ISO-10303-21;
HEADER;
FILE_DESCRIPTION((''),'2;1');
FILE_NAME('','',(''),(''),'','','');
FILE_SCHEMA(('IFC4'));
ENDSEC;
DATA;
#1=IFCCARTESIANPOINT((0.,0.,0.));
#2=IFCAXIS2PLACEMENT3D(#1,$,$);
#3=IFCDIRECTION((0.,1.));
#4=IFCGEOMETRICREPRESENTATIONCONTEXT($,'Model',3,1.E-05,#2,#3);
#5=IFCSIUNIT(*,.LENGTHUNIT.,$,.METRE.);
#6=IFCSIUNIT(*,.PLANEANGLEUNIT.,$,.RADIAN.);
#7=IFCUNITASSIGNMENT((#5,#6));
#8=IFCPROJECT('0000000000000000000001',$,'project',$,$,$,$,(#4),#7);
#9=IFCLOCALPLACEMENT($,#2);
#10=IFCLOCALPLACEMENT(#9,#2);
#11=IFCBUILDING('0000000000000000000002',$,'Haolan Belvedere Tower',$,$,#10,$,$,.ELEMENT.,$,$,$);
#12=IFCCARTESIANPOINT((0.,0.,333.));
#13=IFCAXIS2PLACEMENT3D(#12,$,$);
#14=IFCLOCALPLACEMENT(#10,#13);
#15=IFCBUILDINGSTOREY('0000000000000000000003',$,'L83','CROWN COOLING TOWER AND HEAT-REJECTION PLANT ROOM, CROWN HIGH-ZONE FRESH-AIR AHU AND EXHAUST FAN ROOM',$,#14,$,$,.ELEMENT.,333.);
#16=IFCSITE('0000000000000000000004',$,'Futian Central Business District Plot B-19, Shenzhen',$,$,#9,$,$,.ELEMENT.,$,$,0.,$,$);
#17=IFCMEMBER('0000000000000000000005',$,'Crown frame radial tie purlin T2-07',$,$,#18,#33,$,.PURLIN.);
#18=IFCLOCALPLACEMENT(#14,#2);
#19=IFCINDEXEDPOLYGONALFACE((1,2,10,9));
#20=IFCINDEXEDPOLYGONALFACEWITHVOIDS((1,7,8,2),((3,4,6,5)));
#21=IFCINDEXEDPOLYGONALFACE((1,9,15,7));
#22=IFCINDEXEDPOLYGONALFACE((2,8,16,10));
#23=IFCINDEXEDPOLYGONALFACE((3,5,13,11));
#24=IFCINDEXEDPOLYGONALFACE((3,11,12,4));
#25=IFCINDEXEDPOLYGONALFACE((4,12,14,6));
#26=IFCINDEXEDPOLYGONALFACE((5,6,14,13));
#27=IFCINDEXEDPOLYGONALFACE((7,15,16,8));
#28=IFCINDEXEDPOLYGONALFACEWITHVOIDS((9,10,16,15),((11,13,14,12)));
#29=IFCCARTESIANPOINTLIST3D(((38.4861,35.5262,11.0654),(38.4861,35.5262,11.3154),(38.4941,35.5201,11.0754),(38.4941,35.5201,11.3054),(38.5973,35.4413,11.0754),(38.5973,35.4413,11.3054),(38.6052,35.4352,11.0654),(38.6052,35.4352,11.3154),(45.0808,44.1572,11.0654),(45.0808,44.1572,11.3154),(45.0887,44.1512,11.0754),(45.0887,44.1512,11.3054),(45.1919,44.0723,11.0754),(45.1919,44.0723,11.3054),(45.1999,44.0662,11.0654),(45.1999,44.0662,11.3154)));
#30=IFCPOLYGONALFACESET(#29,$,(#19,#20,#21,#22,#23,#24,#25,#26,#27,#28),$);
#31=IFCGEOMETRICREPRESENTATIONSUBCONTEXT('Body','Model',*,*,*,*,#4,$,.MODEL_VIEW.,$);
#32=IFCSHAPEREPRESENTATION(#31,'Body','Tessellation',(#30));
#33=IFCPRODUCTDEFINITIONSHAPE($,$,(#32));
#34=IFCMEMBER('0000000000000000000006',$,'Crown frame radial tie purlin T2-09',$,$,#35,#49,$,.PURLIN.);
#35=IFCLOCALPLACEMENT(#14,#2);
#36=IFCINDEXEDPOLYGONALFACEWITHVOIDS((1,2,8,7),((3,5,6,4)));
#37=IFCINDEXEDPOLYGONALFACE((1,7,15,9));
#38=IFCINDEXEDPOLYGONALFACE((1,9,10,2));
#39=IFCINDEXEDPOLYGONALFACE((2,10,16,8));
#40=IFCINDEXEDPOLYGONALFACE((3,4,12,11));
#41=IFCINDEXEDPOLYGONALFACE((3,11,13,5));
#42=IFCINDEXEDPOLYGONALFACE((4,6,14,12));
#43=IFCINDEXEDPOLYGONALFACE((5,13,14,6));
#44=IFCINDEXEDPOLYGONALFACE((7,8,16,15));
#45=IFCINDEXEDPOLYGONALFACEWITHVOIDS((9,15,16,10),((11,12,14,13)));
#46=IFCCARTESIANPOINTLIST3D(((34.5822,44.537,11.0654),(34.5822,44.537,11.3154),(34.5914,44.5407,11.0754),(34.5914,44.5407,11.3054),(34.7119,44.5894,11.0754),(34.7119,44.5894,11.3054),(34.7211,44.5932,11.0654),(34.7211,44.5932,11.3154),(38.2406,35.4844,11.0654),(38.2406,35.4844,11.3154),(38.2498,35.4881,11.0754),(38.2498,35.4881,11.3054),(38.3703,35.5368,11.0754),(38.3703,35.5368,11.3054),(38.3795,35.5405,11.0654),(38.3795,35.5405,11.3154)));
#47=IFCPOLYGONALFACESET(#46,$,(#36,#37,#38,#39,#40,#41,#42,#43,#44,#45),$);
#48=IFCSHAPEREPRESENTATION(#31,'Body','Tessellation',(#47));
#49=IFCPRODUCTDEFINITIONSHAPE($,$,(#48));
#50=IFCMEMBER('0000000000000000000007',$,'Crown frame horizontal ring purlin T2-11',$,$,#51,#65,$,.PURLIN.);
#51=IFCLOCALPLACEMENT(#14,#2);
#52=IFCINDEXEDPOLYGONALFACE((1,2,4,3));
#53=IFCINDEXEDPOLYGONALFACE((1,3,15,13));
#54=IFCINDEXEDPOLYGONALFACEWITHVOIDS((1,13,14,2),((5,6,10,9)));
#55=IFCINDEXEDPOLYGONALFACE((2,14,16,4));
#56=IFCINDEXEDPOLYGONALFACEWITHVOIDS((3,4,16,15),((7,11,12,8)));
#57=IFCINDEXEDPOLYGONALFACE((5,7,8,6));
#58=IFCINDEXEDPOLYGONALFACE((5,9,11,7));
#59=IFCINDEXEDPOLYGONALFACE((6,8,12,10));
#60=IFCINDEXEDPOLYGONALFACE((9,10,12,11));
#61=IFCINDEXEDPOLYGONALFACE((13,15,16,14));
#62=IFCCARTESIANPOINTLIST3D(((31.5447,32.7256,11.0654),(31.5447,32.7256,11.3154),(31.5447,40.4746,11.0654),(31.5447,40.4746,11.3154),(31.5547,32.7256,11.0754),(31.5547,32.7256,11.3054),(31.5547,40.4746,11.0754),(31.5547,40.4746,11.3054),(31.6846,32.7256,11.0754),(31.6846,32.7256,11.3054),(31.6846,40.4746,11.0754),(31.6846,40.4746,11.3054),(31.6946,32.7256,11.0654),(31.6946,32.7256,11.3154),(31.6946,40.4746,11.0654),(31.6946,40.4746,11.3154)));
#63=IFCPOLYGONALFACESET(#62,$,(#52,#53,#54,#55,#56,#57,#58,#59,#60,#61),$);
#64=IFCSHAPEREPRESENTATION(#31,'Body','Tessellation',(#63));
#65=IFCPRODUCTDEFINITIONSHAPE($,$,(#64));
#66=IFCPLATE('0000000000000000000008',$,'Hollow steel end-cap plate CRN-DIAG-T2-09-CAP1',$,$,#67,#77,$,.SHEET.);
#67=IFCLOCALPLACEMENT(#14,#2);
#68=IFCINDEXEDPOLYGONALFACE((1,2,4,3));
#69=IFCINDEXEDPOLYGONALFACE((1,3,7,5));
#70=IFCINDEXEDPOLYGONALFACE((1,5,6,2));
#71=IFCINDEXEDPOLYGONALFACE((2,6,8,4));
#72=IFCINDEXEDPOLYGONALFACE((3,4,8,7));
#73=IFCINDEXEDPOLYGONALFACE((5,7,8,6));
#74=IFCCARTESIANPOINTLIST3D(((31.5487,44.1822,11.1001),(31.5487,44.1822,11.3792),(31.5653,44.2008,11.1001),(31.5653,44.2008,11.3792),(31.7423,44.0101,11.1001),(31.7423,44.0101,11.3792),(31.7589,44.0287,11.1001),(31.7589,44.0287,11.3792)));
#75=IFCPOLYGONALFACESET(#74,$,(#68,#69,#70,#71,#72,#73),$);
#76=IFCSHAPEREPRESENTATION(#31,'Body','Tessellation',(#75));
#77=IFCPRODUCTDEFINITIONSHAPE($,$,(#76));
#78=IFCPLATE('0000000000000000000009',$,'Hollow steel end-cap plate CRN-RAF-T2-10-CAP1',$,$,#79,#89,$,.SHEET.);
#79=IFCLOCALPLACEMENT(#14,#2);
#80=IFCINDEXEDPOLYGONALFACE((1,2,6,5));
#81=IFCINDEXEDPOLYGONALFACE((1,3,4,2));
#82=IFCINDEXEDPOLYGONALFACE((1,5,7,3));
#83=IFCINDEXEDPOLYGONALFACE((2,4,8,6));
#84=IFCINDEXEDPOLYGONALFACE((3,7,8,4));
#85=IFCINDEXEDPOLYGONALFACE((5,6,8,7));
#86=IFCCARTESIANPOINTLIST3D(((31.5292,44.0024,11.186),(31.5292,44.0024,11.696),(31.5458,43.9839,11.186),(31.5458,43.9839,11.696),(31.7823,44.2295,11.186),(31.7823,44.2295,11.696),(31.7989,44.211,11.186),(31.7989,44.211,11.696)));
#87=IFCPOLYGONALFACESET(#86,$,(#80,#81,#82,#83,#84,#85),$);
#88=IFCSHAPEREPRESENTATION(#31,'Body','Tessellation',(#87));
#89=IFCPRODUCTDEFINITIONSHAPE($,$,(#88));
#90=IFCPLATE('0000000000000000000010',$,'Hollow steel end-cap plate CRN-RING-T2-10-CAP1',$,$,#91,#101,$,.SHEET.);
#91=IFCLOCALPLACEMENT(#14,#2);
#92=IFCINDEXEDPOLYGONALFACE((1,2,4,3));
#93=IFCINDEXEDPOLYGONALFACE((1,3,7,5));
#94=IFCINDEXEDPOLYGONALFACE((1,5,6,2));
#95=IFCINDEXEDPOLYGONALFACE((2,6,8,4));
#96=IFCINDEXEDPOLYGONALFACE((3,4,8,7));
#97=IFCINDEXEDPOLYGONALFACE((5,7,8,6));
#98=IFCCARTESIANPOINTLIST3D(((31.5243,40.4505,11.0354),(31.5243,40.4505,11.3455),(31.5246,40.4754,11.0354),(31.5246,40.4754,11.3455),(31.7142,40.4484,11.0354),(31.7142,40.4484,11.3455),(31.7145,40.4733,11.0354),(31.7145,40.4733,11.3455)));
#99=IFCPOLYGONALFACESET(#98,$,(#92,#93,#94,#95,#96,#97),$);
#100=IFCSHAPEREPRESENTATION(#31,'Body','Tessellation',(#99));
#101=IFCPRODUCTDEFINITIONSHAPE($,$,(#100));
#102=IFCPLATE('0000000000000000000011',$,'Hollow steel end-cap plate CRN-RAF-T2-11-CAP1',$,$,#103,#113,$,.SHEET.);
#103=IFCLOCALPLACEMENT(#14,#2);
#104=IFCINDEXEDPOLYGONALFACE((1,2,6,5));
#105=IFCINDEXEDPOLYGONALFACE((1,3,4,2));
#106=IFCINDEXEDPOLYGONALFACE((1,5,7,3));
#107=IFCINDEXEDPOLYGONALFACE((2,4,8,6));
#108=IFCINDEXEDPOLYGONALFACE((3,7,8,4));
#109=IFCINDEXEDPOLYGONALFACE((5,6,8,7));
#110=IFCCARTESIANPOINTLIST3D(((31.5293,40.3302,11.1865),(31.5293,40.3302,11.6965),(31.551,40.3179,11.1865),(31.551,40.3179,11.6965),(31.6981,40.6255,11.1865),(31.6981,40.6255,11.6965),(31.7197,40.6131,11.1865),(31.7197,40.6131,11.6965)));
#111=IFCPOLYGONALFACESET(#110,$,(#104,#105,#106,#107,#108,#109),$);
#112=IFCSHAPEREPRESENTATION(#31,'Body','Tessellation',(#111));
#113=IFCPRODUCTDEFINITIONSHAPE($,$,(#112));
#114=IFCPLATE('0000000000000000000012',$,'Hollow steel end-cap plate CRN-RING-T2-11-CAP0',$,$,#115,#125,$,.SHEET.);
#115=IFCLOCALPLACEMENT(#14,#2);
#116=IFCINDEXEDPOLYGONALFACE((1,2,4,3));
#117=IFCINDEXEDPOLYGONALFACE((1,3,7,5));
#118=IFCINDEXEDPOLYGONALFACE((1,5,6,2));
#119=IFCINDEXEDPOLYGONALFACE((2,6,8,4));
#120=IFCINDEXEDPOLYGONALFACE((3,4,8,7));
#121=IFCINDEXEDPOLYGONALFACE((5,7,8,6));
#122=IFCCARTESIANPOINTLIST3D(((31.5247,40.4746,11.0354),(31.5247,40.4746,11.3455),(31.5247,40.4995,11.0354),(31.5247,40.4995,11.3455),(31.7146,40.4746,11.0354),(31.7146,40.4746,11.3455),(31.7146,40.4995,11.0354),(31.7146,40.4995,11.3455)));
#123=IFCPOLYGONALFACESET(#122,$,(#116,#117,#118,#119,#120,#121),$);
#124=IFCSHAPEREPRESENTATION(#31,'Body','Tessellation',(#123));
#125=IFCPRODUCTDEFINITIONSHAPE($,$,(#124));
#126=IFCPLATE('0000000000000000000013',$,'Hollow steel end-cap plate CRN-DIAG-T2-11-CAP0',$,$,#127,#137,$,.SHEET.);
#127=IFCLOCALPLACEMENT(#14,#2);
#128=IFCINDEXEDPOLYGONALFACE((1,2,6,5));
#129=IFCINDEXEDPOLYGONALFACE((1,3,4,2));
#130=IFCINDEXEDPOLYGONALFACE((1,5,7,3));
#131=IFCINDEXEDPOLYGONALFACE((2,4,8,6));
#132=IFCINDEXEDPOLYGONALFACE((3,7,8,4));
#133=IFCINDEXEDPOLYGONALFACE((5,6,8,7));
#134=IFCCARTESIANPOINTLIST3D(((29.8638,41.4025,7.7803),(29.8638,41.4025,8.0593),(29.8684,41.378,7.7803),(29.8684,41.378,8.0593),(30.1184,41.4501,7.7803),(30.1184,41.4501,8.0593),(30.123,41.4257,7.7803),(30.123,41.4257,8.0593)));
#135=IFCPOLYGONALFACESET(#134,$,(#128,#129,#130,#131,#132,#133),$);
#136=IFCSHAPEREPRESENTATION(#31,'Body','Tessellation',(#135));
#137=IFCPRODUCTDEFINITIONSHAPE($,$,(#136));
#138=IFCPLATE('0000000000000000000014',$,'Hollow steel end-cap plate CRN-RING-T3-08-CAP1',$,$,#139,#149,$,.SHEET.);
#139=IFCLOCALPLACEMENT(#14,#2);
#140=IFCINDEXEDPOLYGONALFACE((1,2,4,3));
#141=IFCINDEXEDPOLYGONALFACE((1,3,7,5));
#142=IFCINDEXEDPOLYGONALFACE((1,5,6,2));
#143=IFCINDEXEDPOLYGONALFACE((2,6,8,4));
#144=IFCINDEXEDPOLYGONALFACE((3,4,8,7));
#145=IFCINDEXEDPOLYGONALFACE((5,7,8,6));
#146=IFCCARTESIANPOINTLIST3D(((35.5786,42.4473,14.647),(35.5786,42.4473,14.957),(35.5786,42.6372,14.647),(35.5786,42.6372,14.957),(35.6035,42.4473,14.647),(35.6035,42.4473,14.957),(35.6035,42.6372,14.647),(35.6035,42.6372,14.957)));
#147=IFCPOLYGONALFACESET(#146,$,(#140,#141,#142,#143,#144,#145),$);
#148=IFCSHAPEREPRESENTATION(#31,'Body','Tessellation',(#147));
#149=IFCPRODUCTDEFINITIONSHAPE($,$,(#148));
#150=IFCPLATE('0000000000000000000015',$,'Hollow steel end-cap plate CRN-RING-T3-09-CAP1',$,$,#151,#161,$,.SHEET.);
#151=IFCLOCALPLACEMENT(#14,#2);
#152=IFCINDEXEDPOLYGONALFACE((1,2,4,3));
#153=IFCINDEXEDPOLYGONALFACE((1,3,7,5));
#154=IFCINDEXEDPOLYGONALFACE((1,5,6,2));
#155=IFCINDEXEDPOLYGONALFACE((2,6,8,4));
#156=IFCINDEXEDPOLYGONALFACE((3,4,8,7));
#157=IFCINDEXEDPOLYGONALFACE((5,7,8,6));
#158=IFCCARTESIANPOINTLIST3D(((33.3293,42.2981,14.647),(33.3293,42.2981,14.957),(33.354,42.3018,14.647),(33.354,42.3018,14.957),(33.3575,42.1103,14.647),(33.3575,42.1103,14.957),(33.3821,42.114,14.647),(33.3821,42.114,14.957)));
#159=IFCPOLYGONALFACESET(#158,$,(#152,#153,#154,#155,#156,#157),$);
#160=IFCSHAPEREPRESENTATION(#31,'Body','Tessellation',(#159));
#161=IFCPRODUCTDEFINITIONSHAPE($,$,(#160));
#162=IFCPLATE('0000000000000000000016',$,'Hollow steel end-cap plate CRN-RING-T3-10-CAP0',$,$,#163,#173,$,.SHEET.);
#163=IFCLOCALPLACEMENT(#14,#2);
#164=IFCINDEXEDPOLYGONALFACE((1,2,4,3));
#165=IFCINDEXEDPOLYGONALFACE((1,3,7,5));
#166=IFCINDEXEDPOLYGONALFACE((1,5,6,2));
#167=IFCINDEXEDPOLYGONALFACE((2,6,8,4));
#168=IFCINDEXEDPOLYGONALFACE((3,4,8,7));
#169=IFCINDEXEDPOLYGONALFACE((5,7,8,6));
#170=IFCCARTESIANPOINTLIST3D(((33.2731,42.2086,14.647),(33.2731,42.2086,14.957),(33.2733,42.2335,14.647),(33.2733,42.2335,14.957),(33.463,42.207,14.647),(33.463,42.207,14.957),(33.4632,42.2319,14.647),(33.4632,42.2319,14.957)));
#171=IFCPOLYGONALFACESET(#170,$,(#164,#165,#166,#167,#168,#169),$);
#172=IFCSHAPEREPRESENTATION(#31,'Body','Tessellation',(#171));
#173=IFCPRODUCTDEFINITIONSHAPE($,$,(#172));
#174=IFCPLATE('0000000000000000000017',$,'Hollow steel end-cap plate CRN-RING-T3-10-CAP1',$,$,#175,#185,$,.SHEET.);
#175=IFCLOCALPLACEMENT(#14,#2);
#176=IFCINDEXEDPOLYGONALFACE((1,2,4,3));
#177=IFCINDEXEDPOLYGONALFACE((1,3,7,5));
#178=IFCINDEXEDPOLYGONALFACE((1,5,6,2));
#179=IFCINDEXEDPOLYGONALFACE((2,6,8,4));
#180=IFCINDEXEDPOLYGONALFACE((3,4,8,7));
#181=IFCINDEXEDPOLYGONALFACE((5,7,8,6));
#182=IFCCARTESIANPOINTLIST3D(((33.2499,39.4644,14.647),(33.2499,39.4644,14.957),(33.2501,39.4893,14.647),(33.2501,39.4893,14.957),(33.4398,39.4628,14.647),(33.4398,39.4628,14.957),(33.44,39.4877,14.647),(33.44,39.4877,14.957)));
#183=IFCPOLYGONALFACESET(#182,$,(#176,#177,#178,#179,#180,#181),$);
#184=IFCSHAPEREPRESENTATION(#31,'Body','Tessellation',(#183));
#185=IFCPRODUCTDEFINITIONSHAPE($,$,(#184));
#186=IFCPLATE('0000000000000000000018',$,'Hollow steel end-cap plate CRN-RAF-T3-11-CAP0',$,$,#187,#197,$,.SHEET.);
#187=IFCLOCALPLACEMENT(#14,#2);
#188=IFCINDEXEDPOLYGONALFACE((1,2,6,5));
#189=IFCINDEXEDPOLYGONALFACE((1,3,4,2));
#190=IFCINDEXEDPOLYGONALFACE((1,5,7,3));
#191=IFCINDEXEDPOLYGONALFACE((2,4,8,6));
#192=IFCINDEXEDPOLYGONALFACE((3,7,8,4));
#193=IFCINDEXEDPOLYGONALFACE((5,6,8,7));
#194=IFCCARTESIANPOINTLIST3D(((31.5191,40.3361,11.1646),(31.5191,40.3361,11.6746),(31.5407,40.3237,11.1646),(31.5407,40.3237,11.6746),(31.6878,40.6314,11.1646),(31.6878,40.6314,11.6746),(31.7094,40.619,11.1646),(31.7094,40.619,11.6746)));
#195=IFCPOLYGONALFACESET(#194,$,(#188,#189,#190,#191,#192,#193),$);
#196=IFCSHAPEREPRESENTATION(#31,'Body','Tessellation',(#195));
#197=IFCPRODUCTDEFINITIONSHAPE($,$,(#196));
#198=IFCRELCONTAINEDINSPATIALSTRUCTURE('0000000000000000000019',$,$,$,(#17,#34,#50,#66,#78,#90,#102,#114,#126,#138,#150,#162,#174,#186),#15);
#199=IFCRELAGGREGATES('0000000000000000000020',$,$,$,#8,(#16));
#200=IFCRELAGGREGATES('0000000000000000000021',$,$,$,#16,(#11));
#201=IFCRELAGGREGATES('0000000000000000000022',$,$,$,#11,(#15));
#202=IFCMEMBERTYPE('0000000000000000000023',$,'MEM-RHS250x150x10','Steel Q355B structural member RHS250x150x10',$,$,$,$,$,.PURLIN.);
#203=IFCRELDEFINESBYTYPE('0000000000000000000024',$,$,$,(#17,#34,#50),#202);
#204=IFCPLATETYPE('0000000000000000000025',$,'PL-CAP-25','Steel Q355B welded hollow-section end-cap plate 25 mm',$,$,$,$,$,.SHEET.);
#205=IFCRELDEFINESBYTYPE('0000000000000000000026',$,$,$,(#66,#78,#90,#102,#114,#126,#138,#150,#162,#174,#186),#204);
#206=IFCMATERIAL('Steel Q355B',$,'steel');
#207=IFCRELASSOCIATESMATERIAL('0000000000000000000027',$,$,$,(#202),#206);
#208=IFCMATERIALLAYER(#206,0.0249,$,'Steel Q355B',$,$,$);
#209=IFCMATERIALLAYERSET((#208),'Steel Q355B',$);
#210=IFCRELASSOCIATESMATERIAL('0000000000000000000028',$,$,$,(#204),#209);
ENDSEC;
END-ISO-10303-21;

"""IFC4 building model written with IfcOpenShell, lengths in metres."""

from ifc_helpers import new_model, si_unit, direction, frame, origin, origin_2d, place, context, subcontext, project, spatial, rectangle, hollow_rectangle, extrude, material, layer, layer_set, material_profile, profile_set, type_object, element, save


model = new_model("IFC4")

# Units and contexts
model_context = context("Model", 3, precision=1e-05, world=origin(), true_north=direction((0.0, 1.0)))
body_context = subcontext(model_context, "Body", "Model", "MODEL_VIEW")
ifc_project = project(units=[si_unit("LENGTHUNIT", "METRE"), si_unit("PLANEANGLEUNIT", "RADIAN")], contexts=[model_context])

# Site, building, storey
site_placement = place(None, origin())
site = spatial("IfcSite", under=ifc_project, at=site_placement, Name="Futian Central Business District Plot B-19, Shenzhen", CompositionType="ELEMENT", RefElevation=0.0)
building_placement = place(site_placement, origin())
building = spatial("IfcBuilding", under=site, at=building_placement, Name="Haolan Belvedere Tower", CompositionType="ELEMENT")
storey_placement = place(building_placement, frame((0.0, 0.0, 333.0)))
storey = spatial("IfcBuildingStorey", under=building, at=storey_placement, Name="L83", Description="CROWN COOLING TOWER AND HEAT-REJECTION PLANT ROOM, CROWN HIGH-ZONE FRESH-AIR AHU AND EXHAUST FAN ROOM", CompositionType="ELEMENT", Elevation=333.0)

# Members
ifc_material_1 = material(Name="Steel Q355B", Category="steel")
ifc_material_profile_1 = material_profile(ifc_material_1, hollow_rectangle(XDim=0.1499, YDim=0.25, WallThickness=0.01, at=origin_2d()), Name="Steel Q355B")
ifc_profile_set_1 = profile_set([ifc_material_profile_1], Name="Steel Q355B")
member_type_1 = type_object("IfcMemberType", Name="MEM-RHS250x150x10", Description="Steel Q355B structural member RHS250x150x10", PredefinedType="PURLIN", material=ifc_profile_set_1)
member_1_placement = place(storey_placement, frame((38.5457, 35.4807, 11.1904), z_axis=(0.607129, 0.794603, 0.0), x_axis=(-0.794603, 0.607129, 0.0)))
element("IfcMember", 1, at=member_1_placement, inside=storey, type_object=member_type_1, Name="Crown frame radial tie purlin T2-07", PredefinedType="PURLIN", context=body_context, shape_type="SweptSolid", body=[
    extrude(hollow_rectangle(XDim=0.1499, YDim=0.25, WallThickness=0.01, at=origin_2d()), origin(), (0.0, 0.0, 1.0), 10.8621),
])
member_2_placement = place(storey_placement, frame((38.3101, 35.5125, 11.1904), z_axis=(-0.374686, 0.927152, 0.0), x_axis=(-0.927152, -0.374686, 0.0)))
element("IfcMember", 2, at=member_2_placement, inside=storey, type_object=member_type_1, Name="Crown frame radial tie purlin T2-09", PredefinedType="PURLIN", context=body_context, shape_type="SweptSolid", body=[
    extrude(hollow_rectangle(XDim=0.1499, YDim=0.25, WallThickness=0.01, at=origin_2d()), origin(), (0.0, 0.0, 1.0), 9.7639),
])
member_3_placement = place(storey_placement, frame((31.6196, 40.4746, 11.1904), z_axis=(0.0, -1.0, 0.0), x_axis=(1.0, 0.0, 0.0)))
element("IfcMember", 3, at=member_3_placement, inside=storey, type_object=member_type_1, Name="Crown frame horizontal ring purlin T2-11", PredefinedType="PURLIN", context=body_context, shape_type="SweptSolid", body=[
    extrude(hollow_rectangle(XDim=0.1499, YDim=0.25, WallThickness=0.01, at=origin_2d()), origin(), (0.0, 0.0, 1.0), 7.749),
])

# Plates
ifc_layer_1 = layer(ifc_material_1, 0.0249, Name="Steel Q355B")
ifc_layer_set_1 = layer_set([ifc_layer_1], Name="Steel Q355B")
plate_type = type_object("IfcPlateType", Name="PL-CAP-25", Description="Steel Q355B welded hollow-section end-cap plate 25 mm", PredefinedType="SHEET", material=ifc_layer_set_1)
plate_1_placement = place(storey_placement, frame((31.6538, 44.1055, 11.1001), z_axis=(0.0, 0.0, 1.0), x_axis=(0.747323, -0.664461, 0.0)))
element("IfcPlate", 4, at=plate_1_placement, inside=storey, type_object=plate_type, Name="Hollow steel end-cap plate CRN-DIAG-T2-09-CAP1", PredefinedType="SHEET", context=body_context, shape_type="SweptSolid", body=[
    extrude(rectangle(XDim=0.259, YDim=0.0249, at=origin_2d()), origin(), (0.0, 0.0, 1.0), 0.2791),
])
plate_2_placement = place(storey_placement, frame((31.6641, 44.1067, 11.186), z_axis=(0.0, 0.0, 1.0), x_axis=(0.744288, 0.667859, 0.0)))
element("IfcPlate", 5, at=plate_2_placement, inside=storey, type_object=plate_type, Name="Hollow steel end-cap plate CRN-RAF-T2-10-CAP1", PredefinedType="SHEET", context=body_context, shape_type="SweptSolid", body=[
    extrude(rectangle(XDim=0.3401, YDim=0.0249, at=origin_2d()), origin(), (0.0, 0.0, 1.0), 0.51),
])
plate_3_placement = place(storey_placement, frame((31.6194, 40.4619, 11.0354), z_axis=(0.0, 0.0, 1.0), x_axis=(0.99994, -0.01096, 0.0)))
element("IfcPlate", 6, at=plate_3_placement, inside=storey, type_object=plate_type, Name="Hollow steel end-cap plate CRN-RING-T2-10-CAP1", PredefinedType="SHEET", context=body_context, shape_type="SweptSolid", body=[
    extrude(rectangle(XDim=0.1899, YDim=0.0249, at=origin_2d()), origin(), (0.0, 0.0, 1.0), 0.3101),
])
plate_4_placement = place(storey_placement, frame((31.6245, 40.4717, 11.1865), z_axis=(0.0, 0.0, 1.0), x_axis=(0.496141, 0.868242, 0.0)))
element("IfcPlate", 7, at=plate_4_placement, inside=storey, type_object=plate_type, Name="Hollow steel end-cap plate CRN-RAF-T2-11-CAP1", PredefinedType="SHEET", context=body_context, shape_type="SweptSolid", body=[
    extrude(rectangle(XDim=0.3401, YDim=0.0249, at=origin_2d()), origin(), (0.0, 0.0, 1.0), 0.51),
])
plate_5_placement = place(storey_placement, frame((31.6196, 40.4871, 11.0354), z_axis=(0.0, 0.0, 1.0), x_axis=(-1.0, 0.0, 0.0)))
element("IfcPlate", 8, at=plate_5_placement, inside=storey, type_object=plate_type, Name="Hollow steel end-cap plate CRN-RING-T2-11-CAP0", PredefinedType="SHEET", context=body_context, shape_type="SweptSolid", body=[
    extrude(rectangle(XDim=0.1899, YDim=0.0249, at=origin_2d()), origin(), (0.0, 0.0, 1.0), 0.3101),
])
plate_6_placement = place(storey_placement, frame((29.9934, 41.4141, 7.7803), z_axis=(0.0, 0.0, 1.0), x_axis=(-0.982932, -0.183969, 0.0)))
element("IfcPlate", 9, at=plate_6_placement, inside=storey, type_object=plate_type, Name="Hollow steel end-cap plate CRN-DIAG-T2-11-CAP0", PredefinedType="SHEET", context=body_context, shape_type="SweptSolid", body=[
    extrude(rectangle(XDim=0.259, YDim=0.0249, at=origin_2d()), origin(), (0.0, 0.0, 1.0), 0.2791),
])
for number, where, z_axis, x_axis, name in (
    (10, (35.5911, 42.5422, 14.647), (0.0, 0.0, 1.0), (0.0, -1.0, 0.0), "Hollow steel end-cap plate CRN-RING-T3-08-CAP1"),
    (11, (33.3557, 42.2061, 14.647), (0.0, 0.0, 1.0), (0.147982, -0.98899, 0.0), "Hollow steel end-cap plate CRN-RING-T3-09-CAP1"),
    (12, (33.3682, 42.2202, 14.647), (0.0, 0.0, 1.0), (-0.999965, 0.008412, 0.0), "Hollow steel end-cap plate CRN-RING-T3-10-CAP0"),
    (13, (33.345, 39.4761, 14.647), (0.0, 0.0, 1.0), (0.999965, -0.008412, 0.0), "Hollow steel end-cap plate CRN-RING-T3-10-CAP1"),
):
    element("IfcPlate", number, at=place(storey_placement, frame(where, z_axis=z_axis, x_axis=x_axis)), inside=storey, type_object=plate_type, Name=name, PredefinedType="SHEET", context=body_context, shape_type="SweptSolid", body=[
        extrude(rectangle(XDim=0.1899, YDim=0.0249, at=origin_2d()), origin(), (0.0, 0.0, 1.0), 0.3101),
    ])
plate_7_placement = place(storey_placement, frame((31.6143, 40.4775, 11.1646), z_axis=(0.0, 0.0, 1.0), x_axis=(-0.496141, -0.868242, 0.0)))
element("IfcPlate", 14, at=plate_7_placement, inside=storey, type_object=plate_type, Name="Hollow steel end-cap plate CRN-RAF-T3-11-CAP0", PredefinedType="SHEET", context=body_context, shape_type="SweptSolid", body=[
    extrude(rectangle(XDim=0.3401, YDim=0.0249, at=origin_2d()), origin(), (0.0, 0.0, 1.0), 0.51),
])

save(model, "model.ifc")
